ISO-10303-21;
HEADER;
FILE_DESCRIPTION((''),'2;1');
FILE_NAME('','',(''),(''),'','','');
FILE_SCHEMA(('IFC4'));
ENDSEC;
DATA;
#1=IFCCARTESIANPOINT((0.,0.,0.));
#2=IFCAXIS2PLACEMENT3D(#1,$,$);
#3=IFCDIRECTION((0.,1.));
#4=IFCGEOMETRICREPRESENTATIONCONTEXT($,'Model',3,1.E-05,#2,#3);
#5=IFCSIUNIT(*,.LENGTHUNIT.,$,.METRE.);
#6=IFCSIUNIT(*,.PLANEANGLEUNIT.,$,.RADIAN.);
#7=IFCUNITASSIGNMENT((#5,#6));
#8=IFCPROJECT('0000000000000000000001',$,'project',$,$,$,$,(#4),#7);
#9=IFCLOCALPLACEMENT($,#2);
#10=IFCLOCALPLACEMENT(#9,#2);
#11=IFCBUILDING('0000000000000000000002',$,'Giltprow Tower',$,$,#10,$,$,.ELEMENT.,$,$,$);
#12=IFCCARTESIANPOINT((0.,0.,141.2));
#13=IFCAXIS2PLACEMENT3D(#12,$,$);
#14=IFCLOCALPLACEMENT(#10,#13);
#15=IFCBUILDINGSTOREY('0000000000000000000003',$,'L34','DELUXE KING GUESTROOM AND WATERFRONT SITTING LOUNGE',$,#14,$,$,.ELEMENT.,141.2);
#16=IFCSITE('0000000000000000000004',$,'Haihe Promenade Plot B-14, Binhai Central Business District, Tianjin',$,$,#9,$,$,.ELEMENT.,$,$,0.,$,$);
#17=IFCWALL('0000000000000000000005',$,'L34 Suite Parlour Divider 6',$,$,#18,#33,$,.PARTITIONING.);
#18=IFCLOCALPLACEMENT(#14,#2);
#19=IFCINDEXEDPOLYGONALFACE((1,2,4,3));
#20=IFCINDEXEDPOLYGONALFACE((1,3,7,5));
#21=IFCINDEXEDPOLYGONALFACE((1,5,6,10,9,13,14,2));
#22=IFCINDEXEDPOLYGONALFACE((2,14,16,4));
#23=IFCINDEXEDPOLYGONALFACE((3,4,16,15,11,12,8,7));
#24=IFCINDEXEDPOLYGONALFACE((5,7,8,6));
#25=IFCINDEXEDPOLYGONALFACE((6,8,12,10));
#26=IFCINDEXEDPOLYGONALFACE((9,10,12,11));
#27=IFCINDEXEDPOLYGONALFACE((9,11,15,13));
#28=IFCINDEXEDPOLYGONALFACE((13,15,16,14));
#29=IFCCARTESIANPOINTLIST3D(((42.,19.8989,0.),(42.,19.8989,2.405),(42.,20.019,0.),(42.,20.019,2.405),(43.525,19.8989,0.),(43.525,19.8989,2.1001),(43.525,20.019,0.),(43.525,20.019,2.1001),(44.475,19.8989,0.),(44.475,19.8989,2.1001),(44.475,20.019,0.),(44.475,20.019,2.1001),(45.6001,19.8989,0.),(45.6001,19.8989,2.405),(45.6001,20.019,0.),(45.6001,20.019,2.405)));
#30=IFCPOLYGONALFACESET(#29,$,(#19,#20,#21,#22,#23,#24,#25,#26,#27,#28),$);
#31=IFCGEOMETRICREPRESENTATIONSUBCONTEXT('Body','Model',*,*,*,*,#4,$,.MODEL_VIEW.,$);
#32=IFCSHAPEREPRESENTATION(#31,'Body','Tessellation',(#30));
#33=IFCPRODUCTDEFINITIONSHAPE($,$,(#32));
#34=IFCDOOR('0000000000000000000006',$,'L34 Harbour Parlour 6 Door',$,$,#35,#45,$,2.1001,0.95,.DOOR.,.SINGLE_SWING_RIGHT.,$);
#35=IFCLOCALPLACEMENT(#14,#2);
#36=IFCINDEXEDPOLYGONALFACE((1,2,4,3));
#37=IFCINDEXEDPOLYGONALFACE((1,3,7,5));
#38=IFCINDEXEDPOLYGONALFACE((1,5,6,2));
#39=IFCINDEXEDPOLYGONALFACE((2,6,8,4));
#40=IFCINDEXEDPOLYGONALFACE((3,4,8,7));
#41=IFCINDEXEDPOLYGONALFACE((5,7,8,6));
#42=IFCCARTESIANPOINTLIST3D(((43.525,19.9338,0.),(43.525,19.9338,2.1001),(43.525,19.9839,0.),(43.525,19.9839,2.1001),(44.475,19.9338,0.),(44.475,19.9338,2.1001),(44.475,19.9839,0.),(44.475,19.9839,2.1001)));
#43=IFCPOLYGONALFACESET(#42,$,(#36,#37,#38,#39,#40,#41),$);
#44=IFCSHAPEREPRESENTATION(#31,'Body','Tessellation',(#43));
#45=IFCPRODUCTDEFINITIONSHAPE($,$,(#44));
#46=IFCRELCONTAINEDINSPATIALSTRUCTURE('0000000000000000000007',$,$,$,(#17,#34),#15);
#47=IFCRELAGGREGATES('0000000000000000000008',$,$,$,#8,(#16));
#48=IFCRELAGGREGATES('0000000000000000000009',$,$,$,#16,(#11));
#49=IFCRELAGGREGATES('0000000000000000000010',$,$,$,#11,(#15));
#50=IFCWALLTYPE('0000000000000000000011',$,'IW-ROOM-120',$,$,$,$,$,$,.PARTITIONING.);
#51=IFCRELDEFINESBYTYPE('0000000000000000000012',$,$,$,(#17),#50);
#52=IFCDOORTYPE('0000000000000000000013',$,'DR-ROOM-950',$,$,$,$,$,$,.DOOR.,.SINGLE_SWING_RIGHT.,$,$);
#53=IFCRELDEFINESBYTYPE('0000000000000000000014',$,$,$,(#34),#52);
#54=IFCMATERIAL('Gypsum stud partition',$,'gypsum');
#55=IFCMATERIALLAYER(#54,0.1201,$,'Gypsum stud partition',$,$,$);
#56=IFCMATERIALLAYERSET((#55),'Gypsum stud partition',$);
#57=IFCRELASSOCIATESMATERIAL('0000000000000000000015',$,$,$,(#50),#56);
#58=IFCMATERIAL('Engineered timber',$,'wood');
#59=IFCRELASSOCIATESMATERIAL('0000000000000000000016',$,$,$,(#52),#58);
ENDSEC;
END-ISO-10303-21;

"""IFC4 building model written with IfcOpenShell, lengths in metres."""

from ifc_helpers import new_model, si_unit, direction, frame, frame_2d, origin, place, context, subcontext, project, spatial, rectangle, extrude, source, transform, mapped, material, layer, layer_set, type_object, element, fill, save


model = new_model("IFC4")

# Units and contexts
model_context = context("Model", 3, precision=1e-05, world=origin(), true_north=direction((0.0, 1.0)))
body_context = subcontext(model_context, "Body", "Model", "MODEL_VIEW")
ifc_project = project(units=[si_unit("LENGTHUNIT", "METRE"), si_unit("PLANEANGLEUNIT", "RADIAN")], contexts=[model_context])

# Site, building, storey
site_placement = place(None, origin())
site = spatial("IfcSite", under=ifc_project, at=site_placement, Name="Haihe Promenade Plot B-14, Binhai Central Business District, Tianjin", CompositionType="ELEMENT", RefElevation=0.0)
building_placement = place(site_placement, origin())
building = spatial("IfcBuilding", under=site, at=building_placement, Name="Giltprow Tower", CompositionType="ELEMENT")
storey_placement = place(building_placement, frame((0.0, 0.0, 141.2)))
storey = spatial("IfcBuildingStorey", under=building, at=storey_placement, Name="L34", Description="DELUXE KING GUESTROOM AND WATERFRONT SITTING LOUNGE", CompositionType="ELEMENT", Elevation=141.2)

# Shared definitions
ifc_material_1 = material(Name="Gypsum stud partition", Category="gypsum")

# Wall, opening, door
ifc_layer_1 = layer(ifc_material_1, 0.1201, Name="Gypsum stud partition")
ifc_layer_set_1 = layer_set([ifc_layer_1], Name="Gypsum stud partition")
wall_type_1 = type_object("IfcWallType", Name="IW-ROOM-120", PredefinedType="PARTITIONING", material=ifc_layer_set_1)
ifc_material_2 = material(Name="Engineered timber", Category="wood")
door_type = type_object("IfcDoorType", Name="DR-ROOM-950", OperationType="SINGLE_SWING_RIGHT", PredefinedType="DOOR", material=ifc_material_2)
shared_shape_1 = source(origin(), body_context, "Body", "SweptSolid", [
    extrude(rectangle(XDim=0.95, YDim=2.1001, at=frame_2d((0.4751, 1.05))), frame((0.0, 0.0249, 0.0), z_axis=(0.0, -1.0, 0.0), x_axis=(1.0, 0.0, 0.0)), (0.0, 0.0, 1.0), 0.05),
])
wall_1_placement = place(storey_placement, frame((42.0, 19.959, 0.0), z_axis=(0.0, 0.0, 1.0), x_axis=(1.0, 0.0, 0.0)))
wall_1 = element("IfcWall", 1, at=wall_1_placement, inside=storey, type_object=wall_type_1, Name="L34 Suite Parlour Divider 6", PredefinedType="PARTITIONING", context=body_context, shape_type="SweptSolid", body=[
    extrude(rectangle(XDim=3.6001, YDim=0.1201, at=frame_2d((1.8, 0.0))), origin(), (0.0, 0.0, 1.0), 2.405),
])
opening_1_placement = place(wall_1_placement, frame((1.5249, 0.0, 0.0)))
opening_1 = element("IfcOpeningElement", 2, at=opening_1_placement, cuts=wall_1, PredefinedType="OPENING", context=body_context, shape_type="SweptSolid", body=[
    extrude(rectangle(XDim=0.95, YDim=2.1001, at=frame_2d((0.4751, 1.05))), frame((0.0, 0.0701, 0.0), z_axis=(0.0, -1.0, 0.0), x_axis=(1.0, 0.0, 0.0)), (0.0, 0.0, 1.0), 0.1401),
])
door_1_placement = place(opening_1_placement, origin())
door_1 = element("IfcDoor", 3, at=door_1_placement, inside=storey, type_object=door_type, Name="L34 Harbour Parlour 6 Door", OperationType="SINGLE_SWING_RIGHT", OverallHeight=2.1001, OverallWidth=0.95, PredefinedType="DOOR", context=body_context, shape_type="MappedRepresentation", body=[
    mapped(shared_shape_1, transform((0.0, 0.0, 0.0), x_axis=(1.0, 0.0, 0.0), y_axis=(0.0, 1.0, 0.0), z_axis=(0.0, 0.0, 1.0), scale=1.0)),
])
fill(opening_1, door_1)

save(model, "model.ifc")
